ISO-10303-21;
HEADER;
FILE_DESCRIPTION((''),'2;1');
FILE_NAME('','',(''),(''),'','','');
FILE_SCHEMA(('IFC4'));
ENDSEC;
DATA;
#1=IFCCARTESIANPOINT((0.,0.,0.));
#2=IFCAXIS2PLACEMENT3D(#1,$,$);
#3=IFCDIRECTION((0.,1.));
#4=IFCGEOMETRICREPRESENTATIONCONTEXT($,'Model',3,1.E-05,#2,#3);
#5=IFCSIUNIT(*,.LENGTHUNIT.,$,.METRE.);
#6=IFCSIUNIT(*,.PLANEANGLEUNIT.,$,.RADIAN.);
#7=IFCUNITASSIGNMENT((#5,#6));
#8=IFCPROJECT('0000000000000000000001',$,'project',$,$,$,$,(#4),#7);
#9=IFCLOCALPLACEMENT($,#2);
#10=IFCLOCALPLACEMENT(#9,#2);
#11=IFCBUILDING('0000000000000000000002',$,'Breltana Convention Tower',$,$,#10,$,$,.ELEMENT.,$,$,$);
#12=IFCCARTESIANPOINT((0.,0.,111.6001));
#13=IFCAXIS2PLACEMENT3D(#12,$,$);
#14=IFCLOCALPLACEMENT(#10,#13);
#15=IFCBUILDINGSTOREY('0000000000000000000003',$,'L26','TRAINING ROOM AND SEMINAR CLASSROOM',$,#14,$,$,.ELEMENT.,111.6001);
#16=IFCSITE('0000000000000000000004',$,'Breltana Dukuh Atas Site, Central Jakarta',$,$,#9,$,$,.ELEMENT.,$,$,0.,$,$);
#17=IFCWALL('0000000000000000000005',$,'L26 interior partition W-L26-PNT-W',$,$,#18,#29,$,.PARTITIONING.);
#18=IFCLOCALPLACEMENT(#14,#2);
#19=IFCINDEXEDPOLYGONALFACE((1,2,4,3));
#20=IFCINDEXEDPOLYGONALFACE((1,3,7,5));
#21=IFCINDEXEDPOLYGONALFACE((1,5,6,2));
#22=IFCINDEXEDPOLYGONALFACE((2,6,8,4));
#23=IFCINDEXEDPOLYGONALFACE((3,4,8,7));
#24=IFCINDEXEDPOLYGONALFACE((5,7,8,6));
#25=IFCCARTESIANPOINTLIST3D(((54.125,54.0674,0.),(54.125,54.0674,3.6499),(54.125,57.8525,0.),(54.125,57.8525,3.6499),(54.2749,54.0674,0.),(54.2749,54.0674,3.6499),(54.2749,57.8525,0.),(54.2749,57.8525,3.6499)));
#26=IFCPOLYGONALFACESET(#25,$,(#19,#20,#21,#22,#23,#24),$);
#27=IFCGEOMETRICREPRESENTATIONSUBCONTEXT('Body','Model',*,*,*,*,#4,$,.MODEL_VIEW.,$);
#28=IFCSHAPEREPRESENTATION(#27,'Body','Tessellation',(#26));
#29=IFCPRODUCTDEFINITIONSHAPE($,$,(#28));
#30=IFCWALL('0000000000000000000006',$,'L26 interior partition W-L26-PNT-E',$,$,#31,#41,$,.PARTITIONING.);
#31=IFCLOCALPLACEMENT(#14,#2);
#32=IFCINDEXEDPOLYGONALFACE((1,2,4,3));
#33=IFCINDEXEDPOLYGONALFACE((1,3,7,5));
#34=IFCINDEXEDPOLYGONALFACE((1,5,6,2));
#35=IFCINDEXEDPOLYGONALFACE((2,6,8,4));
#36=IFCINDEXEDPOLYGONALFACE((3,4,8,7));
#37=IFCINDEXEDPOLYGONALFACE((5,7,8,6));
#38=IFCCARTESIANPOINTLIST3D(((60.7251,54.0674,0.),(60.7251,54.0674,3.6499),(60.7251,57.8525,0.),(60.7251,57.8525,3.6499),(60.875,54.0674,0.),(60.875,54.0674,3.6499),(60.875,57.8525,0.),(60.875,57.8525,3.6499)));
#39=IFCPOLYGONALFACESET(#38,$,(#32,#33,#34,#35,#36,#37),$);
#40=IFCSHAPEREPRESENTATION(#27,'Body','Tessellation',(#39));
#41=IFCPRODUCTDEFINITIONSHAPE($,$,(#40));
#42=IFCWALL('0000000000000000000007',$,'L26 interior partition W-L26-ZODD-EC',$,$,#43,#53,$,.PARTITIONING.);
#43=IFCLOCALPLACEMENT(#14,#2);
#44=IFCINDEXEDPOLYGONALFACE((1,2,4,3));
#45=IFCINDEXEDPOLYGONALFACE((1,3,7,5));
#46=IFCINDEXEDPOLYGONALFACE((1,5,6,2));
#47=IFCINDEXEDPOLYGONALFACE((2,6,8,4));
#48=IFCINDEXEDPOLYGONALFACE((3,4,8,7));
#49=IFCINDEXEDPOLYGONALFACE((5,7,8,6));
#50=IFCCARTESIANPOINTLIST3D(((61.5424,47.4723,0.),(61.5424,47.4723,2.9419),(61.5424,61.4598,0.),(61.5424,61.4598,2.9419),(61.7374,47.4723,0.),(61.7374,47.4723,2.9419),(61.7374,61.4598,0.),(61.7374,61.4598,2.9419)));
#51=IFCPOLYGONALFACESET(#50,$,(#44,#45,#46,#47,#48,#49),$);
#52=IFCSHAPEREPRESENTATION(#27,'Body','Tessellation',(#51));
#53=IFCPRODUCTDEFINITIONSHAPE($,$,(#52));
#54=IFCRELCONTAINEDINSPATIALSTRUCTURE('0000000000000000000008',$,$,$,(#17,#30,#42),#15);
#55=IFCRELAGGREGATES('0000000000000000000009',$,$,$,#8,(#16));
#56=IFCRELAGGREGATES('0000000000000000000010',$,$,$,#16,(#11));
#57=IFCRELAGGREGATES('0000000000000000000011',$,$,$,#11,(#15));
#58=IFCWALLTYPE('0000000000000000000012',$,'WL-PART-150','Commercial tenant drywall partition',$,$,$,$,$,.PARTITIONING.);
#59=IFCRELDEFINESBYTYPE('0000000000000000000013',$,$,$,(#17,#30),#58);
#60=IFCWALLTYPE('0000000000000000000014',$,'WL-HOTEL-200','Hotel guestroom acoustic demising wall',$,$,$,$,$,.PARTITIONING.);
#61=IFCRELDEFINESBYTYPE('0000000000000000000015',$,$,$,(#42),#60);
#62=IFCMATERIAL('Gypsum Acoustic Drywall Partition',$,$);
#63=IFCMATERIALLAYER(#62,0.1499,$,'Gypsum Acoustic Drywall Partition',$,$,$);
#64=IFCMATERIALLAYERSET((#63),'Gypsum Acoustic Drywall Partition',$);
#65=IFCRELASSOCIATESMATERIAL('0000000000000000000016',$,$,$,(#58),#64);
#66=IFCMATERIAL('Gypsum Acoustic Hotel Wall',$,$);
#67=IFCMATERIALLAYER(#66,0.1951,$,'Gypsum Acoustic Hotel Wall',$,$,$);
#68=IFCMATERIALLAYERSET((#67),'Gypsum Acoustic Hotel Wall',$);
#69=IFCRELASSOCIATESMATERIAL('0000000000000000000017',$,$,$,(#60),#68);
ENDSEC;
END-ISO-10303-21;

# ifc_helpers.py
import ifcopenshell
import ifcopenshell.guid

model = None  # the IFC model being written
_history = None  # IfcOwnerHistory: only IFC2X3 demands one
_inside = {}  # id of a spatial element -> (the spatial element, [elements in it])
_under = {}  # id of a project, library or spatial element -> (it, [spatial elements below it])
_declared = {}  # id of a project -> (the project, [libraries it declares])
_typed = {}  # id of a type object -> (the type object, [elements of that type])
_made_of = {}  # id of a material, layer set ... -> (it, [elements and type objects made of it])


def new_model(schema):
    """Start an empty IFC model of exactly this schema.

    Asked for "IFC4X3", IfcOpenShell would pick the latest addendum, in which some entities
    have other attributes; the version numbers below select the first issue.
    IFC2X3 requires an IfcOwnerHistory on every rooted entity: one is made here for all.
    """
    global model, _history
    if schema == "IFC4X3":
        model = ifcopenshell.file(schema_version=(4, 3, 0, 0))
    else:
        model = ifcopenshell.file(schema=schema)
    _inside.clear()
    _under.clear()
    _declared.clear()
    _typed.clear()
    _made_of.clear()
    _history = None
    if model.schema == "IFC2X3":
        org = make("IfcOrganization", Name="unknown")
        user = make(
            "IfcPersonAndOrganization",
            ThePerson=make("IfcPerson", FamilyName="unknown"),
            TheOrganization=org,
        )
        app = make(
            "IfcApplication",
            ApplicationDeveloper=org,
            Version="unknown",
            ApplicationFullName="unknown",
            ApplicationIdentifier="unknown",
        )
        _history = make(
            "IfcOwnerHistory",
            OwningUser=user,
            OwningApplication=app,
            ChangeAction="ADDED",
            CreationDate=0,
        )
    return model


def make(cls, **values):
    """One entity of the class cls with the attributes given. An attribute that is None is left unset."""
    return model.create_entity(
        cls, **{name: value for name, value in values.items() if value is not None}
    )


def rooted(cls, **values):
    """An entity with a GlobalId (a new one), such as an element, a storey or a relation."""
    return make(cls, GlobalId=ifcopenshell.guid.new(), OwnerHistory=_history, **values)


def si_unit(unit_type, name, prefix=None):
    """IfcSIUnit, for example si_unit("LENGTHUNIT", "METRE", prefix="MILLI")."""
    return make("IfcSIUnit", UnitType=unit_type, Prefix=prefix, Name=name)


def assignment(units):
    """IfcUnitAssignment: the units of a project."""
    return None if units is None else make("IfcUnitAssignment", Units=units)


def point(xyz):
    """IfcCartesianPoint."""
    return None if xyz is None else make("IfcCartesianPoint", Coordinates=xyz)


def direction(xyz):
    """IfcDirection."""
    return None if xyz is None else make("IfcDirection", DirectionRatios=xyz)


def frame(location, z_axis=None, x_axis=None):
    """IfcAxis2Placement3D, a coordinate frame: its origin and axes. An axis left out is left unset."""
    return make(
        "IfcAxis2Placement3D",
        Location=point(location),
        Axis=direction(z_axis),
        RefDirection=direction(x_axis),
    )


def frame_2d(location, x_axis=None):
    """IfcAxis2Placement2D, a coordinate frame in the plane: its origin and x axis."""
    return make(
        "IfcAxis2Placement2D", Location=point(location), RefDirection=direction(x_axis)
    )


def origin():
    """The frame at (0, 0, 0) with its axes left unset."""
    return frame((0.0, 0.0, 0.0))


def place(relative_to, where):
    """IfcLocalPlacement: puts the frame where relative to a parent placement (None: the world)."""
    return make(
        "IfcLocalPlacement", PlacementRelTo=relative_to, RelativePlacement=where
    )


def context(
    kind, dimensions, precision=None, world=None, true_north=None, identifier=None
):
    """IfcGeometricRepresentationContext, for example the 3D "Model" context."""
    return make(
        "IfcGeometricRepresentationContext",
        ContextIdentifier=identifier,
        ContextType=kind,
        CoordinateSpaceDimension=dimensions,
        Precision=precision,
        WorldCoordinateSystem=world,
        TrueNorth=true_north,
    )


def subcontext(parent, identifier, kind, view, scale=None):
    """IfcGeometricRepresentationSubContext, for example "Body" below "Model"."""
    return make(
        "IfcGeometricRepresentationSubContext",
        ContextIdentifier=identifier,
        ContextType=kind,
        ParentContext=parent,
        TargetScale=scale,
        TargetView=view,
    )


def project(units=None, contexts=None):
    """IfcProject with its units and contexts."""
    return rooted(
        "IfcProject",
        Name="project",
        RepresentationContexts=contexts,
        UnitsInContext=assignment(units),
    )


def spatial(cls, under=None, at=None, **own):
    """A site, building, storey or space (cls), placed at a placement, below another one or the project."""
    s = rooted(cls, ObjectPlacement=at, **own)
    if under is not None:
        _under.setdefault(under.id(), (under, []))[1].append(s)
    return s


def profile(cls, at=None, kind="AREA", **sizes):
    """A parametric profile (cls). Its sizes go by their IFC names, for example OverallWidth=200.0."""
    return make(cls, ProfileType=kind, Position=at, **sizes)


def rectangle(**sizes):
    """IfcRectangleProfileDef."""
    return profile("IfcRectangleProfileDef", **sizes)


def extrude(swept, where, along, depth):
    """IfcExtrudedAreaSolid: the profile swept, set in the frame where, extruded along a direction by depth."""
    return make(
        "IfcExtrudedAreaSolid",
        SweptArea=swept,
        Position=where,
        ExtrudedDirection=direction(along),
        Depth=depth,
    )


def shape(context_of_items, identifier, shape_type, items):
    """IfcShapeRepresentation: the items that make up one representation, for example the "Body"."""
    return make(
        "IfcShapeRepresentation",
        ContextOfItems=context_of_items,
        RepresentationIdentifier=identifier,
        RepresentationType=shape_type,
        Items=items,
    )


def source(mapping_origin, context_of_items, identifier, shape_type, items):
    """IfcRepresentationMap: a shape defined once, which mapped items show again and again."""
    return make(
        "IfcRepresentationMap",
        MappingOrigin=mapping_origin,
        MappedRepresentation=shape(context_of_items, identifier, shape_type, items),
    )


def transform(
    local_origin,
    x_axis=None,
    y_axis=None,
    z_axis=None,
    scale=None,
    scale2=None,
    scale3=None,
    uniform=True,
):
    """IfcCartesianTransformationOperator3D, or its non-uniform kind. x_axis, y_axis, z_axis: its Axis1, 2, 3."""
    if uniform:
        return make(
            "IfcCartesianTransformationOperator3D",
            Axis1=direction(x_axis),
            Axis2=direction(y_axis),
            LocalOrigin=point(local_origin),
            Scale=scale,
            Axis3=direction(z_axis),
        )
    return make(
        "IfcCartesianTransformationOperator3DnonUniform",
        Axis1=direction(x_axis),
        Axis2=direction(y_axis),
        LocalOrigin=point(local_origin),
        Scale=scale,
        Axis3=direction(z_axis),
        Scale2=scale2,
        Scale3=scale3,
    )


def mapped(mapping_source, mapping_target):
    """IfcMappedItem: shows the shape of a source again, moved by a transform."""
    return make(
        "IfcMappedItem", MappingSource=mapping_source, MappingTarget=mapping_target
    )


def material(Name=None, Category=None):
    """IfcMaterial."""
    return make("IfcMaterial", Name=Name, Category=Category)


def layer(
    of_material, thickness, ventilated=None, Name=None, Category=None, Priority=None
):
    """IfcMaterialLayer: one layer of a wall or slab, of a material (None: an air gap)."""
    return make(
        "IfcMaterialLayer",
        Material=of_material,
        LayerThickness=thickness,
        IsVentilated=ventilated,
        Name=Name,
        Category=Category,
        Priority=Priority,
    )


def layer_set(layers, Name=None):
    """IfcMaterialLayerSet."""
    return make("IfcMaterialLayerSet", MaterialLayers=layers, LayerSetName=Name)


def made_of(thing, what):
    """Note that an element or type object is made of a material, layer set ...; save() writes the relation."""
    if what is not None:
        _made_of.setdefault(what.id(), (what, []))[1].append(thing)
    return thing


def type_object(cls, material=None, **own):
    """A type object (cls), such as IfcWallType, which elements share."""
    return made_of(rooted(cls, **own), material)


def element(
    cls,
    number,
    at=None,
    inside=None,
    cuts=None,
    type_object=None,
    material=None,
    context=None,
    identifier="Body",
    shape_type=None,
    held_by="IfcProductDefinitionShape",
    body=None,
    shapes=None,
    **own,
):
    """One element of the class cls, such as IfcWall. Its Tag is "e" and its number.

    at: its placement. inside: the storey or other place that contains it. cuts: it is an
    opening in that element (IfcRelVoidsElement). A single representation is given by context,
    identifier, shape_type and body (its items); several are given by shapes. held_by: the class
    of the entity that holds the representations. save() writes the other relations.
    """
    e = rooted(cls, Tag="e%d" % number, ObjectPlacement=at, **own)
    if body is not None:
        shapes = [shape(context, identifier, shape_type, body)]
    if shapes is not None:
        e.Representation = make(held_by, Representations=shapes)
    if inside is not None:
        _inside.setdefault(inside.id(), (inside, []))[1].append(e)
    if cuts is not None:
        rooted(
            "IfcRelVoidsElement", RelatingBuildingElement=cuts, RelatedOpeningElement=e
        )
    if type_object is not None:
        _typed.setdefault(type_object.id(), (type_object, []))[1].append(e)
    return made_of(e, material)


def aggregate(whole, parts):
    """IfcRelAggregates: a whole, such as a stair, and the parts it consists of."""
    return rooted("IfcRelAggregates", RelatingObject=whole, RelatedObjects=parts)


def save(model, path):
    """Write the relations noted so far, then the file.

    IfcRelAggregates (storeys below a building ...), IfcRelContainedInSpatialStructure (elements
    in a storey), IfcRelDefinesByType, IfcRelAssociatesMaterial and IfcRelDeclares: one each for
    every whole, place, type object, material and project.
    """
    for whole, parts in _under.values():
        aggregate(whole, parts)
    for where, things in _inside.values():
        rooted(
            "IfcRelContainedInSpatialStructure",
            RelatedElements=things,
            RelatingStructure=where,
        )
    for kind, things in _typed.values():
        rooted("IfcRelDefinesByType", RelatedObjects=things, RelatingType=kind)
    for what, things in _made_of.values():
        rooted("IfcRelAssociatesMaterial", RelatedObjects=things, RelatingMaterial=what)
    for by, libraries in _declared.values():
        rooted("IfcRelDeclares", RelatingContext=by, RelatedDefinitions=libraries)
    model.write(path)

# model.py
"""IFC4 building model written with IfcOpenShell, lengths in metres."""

from ifc_helpers import new_model, si_unit, direction, frame, frame_2d, origin, place, context, subcontext, project, spatial, rectangle, extrude, source, transform, mapped, material, layer, layer_set, type_object, element, save


model = new_model("IFC4")

# Units and contexts
model_context = context("Model", 3, precision=1e-05, world=origin(), true_north=direction((0.0, 1.0)))
body_context = subcontext(model_context, "Body", "Model", "MODEL_VIEW")
ifc_project = project(units=[si_unit("LENGTHUNIT", "METRE"), si_unit("PLANEANGLEUNIT", "RADIAN")], contexts=[model_context])

# Site, building, storey
site_placement = place(None, origin())
site = spatial("IfcSite", under=ifc_project, at=site_placement, Name="Breltana Dukuh Atas Site, Central Jakarta", CompositionType="ELEMENT", RefElevation=0.0)
building_placement = place(site_placement, origin())
building = spatial("IfcBuilding", under=site, at=building_placement, Name="Breltana Convention Tower", CompositionType="ELEMENT")
storey_placement = place(building_placement, frame((0.0, 0.0, 111.6001)))
storey = spatial("IfcBuildingStorey", under=building, at=storey_placement, Name="L26", Description="TRAINING ROOM AND SEMINAR CLASSROOM", CompositionType="ELEMENT", Elevation=111.6001)

# Shared definitions
ifc_material_1 = material(Name="Gypsum Acoustic Drywall Partition")
ifc_layer_1 = layer(ifc_material_1, 0.1499, Name="Gypsum Acoustic Drywall Partition")
ifc_layer_set_1 = layer_set([ifc_layer_1], Name="Gypsum Acoustic Drywall Partition")
wall_type_1 = type_object("IfcWallType", Name="WL-PART-150", Description="Commercial tenant drywall partition", PredefinedType="PARTITIONING", material=ifc_layer_set_1)

# Walls
shared_shape_1 = source(origin(), body_context, "Body", "SweptSolid", [
    extrude(rectangle(XDim=3.7852, YDim=0.1499, at=frame_2d((1.8926, 0.0))), origin(), (0.0, 0.0, 1.0), 3.6499),
])
for number, where, z_axis, x_axis, name in (
    (1, (54.2, 54.0674, 0.0), (0.0, 0.0, 1.0), (0.0, 1.0, 0.0), "L26 interior partition W-L26-PNT-W"),
    (2, (60.8, 54.0674, 0.0), (0.0, 0.0, 1.0), (0.0, 1.0, 0.0), "L26 interior partition W-L26-PNT-E"),
):
    element("IfcWall", number, at=place(storey_placement, frame(where, z_axis=z_axis, x_axis=x_axis)), inside=storey, type_object=wall_type_1, Name=name, PredefinedType="PARTITIONING", context=body_context, shape_type="MappedRepresentation", body=[
        mapped(shared_shape_1, transform((0.0, 0.0, 0.0), scale=1.0)),
    ])
ifc_material_2 = material(Name="Gypsum Acoustic Hotel Wall")
ifc_layer_2 = layer(ifc_material_2, 0.1951, Name="Gypsum Acoustic Hotel Wall")
ifc_layer_set_2 = layer_set([ifc_layer_2], Name="Gypsum Acoustic Hotel Wall")
wall_type_2 = type_object("IfcWallType", Name="WL-HOTEL-200", Description="Hotel guestroom acoustic demising wall", PredefinedType="PARTITIONING", material=ifc_layer_set_2)
shared_shape_2 = source(origin(), body_context, "Body", "SweptSolid", [
    extrude(rectangle(XDim=13.9875, YDim=0.1951, at=frame_2d((6.9937, 0.0))), origin(), (0.0, 0.0, 1.0), 2.9419),
])
wall_1_placement = place(storey_placement, frame((61.6399, 47.4724, 0.0), z_axis=(0.0, 0.0, 1.0), x_axis=(0.0, 1.0, 0.0)))
element("IfcWall", 3, at=wall_1_placement, inside=storey, type_object=wall_type_2, Name="L26 interior partition W-L26-ZODD-EC", PredefinedType="PARTITIONING", context=body_context, shape_type="MappedRepresentation", body=[
    mapped(shared_shape_2, transform((0.0, 0.0, 0.0), scale=1.0)),
])

save(model, "model.ifc")
